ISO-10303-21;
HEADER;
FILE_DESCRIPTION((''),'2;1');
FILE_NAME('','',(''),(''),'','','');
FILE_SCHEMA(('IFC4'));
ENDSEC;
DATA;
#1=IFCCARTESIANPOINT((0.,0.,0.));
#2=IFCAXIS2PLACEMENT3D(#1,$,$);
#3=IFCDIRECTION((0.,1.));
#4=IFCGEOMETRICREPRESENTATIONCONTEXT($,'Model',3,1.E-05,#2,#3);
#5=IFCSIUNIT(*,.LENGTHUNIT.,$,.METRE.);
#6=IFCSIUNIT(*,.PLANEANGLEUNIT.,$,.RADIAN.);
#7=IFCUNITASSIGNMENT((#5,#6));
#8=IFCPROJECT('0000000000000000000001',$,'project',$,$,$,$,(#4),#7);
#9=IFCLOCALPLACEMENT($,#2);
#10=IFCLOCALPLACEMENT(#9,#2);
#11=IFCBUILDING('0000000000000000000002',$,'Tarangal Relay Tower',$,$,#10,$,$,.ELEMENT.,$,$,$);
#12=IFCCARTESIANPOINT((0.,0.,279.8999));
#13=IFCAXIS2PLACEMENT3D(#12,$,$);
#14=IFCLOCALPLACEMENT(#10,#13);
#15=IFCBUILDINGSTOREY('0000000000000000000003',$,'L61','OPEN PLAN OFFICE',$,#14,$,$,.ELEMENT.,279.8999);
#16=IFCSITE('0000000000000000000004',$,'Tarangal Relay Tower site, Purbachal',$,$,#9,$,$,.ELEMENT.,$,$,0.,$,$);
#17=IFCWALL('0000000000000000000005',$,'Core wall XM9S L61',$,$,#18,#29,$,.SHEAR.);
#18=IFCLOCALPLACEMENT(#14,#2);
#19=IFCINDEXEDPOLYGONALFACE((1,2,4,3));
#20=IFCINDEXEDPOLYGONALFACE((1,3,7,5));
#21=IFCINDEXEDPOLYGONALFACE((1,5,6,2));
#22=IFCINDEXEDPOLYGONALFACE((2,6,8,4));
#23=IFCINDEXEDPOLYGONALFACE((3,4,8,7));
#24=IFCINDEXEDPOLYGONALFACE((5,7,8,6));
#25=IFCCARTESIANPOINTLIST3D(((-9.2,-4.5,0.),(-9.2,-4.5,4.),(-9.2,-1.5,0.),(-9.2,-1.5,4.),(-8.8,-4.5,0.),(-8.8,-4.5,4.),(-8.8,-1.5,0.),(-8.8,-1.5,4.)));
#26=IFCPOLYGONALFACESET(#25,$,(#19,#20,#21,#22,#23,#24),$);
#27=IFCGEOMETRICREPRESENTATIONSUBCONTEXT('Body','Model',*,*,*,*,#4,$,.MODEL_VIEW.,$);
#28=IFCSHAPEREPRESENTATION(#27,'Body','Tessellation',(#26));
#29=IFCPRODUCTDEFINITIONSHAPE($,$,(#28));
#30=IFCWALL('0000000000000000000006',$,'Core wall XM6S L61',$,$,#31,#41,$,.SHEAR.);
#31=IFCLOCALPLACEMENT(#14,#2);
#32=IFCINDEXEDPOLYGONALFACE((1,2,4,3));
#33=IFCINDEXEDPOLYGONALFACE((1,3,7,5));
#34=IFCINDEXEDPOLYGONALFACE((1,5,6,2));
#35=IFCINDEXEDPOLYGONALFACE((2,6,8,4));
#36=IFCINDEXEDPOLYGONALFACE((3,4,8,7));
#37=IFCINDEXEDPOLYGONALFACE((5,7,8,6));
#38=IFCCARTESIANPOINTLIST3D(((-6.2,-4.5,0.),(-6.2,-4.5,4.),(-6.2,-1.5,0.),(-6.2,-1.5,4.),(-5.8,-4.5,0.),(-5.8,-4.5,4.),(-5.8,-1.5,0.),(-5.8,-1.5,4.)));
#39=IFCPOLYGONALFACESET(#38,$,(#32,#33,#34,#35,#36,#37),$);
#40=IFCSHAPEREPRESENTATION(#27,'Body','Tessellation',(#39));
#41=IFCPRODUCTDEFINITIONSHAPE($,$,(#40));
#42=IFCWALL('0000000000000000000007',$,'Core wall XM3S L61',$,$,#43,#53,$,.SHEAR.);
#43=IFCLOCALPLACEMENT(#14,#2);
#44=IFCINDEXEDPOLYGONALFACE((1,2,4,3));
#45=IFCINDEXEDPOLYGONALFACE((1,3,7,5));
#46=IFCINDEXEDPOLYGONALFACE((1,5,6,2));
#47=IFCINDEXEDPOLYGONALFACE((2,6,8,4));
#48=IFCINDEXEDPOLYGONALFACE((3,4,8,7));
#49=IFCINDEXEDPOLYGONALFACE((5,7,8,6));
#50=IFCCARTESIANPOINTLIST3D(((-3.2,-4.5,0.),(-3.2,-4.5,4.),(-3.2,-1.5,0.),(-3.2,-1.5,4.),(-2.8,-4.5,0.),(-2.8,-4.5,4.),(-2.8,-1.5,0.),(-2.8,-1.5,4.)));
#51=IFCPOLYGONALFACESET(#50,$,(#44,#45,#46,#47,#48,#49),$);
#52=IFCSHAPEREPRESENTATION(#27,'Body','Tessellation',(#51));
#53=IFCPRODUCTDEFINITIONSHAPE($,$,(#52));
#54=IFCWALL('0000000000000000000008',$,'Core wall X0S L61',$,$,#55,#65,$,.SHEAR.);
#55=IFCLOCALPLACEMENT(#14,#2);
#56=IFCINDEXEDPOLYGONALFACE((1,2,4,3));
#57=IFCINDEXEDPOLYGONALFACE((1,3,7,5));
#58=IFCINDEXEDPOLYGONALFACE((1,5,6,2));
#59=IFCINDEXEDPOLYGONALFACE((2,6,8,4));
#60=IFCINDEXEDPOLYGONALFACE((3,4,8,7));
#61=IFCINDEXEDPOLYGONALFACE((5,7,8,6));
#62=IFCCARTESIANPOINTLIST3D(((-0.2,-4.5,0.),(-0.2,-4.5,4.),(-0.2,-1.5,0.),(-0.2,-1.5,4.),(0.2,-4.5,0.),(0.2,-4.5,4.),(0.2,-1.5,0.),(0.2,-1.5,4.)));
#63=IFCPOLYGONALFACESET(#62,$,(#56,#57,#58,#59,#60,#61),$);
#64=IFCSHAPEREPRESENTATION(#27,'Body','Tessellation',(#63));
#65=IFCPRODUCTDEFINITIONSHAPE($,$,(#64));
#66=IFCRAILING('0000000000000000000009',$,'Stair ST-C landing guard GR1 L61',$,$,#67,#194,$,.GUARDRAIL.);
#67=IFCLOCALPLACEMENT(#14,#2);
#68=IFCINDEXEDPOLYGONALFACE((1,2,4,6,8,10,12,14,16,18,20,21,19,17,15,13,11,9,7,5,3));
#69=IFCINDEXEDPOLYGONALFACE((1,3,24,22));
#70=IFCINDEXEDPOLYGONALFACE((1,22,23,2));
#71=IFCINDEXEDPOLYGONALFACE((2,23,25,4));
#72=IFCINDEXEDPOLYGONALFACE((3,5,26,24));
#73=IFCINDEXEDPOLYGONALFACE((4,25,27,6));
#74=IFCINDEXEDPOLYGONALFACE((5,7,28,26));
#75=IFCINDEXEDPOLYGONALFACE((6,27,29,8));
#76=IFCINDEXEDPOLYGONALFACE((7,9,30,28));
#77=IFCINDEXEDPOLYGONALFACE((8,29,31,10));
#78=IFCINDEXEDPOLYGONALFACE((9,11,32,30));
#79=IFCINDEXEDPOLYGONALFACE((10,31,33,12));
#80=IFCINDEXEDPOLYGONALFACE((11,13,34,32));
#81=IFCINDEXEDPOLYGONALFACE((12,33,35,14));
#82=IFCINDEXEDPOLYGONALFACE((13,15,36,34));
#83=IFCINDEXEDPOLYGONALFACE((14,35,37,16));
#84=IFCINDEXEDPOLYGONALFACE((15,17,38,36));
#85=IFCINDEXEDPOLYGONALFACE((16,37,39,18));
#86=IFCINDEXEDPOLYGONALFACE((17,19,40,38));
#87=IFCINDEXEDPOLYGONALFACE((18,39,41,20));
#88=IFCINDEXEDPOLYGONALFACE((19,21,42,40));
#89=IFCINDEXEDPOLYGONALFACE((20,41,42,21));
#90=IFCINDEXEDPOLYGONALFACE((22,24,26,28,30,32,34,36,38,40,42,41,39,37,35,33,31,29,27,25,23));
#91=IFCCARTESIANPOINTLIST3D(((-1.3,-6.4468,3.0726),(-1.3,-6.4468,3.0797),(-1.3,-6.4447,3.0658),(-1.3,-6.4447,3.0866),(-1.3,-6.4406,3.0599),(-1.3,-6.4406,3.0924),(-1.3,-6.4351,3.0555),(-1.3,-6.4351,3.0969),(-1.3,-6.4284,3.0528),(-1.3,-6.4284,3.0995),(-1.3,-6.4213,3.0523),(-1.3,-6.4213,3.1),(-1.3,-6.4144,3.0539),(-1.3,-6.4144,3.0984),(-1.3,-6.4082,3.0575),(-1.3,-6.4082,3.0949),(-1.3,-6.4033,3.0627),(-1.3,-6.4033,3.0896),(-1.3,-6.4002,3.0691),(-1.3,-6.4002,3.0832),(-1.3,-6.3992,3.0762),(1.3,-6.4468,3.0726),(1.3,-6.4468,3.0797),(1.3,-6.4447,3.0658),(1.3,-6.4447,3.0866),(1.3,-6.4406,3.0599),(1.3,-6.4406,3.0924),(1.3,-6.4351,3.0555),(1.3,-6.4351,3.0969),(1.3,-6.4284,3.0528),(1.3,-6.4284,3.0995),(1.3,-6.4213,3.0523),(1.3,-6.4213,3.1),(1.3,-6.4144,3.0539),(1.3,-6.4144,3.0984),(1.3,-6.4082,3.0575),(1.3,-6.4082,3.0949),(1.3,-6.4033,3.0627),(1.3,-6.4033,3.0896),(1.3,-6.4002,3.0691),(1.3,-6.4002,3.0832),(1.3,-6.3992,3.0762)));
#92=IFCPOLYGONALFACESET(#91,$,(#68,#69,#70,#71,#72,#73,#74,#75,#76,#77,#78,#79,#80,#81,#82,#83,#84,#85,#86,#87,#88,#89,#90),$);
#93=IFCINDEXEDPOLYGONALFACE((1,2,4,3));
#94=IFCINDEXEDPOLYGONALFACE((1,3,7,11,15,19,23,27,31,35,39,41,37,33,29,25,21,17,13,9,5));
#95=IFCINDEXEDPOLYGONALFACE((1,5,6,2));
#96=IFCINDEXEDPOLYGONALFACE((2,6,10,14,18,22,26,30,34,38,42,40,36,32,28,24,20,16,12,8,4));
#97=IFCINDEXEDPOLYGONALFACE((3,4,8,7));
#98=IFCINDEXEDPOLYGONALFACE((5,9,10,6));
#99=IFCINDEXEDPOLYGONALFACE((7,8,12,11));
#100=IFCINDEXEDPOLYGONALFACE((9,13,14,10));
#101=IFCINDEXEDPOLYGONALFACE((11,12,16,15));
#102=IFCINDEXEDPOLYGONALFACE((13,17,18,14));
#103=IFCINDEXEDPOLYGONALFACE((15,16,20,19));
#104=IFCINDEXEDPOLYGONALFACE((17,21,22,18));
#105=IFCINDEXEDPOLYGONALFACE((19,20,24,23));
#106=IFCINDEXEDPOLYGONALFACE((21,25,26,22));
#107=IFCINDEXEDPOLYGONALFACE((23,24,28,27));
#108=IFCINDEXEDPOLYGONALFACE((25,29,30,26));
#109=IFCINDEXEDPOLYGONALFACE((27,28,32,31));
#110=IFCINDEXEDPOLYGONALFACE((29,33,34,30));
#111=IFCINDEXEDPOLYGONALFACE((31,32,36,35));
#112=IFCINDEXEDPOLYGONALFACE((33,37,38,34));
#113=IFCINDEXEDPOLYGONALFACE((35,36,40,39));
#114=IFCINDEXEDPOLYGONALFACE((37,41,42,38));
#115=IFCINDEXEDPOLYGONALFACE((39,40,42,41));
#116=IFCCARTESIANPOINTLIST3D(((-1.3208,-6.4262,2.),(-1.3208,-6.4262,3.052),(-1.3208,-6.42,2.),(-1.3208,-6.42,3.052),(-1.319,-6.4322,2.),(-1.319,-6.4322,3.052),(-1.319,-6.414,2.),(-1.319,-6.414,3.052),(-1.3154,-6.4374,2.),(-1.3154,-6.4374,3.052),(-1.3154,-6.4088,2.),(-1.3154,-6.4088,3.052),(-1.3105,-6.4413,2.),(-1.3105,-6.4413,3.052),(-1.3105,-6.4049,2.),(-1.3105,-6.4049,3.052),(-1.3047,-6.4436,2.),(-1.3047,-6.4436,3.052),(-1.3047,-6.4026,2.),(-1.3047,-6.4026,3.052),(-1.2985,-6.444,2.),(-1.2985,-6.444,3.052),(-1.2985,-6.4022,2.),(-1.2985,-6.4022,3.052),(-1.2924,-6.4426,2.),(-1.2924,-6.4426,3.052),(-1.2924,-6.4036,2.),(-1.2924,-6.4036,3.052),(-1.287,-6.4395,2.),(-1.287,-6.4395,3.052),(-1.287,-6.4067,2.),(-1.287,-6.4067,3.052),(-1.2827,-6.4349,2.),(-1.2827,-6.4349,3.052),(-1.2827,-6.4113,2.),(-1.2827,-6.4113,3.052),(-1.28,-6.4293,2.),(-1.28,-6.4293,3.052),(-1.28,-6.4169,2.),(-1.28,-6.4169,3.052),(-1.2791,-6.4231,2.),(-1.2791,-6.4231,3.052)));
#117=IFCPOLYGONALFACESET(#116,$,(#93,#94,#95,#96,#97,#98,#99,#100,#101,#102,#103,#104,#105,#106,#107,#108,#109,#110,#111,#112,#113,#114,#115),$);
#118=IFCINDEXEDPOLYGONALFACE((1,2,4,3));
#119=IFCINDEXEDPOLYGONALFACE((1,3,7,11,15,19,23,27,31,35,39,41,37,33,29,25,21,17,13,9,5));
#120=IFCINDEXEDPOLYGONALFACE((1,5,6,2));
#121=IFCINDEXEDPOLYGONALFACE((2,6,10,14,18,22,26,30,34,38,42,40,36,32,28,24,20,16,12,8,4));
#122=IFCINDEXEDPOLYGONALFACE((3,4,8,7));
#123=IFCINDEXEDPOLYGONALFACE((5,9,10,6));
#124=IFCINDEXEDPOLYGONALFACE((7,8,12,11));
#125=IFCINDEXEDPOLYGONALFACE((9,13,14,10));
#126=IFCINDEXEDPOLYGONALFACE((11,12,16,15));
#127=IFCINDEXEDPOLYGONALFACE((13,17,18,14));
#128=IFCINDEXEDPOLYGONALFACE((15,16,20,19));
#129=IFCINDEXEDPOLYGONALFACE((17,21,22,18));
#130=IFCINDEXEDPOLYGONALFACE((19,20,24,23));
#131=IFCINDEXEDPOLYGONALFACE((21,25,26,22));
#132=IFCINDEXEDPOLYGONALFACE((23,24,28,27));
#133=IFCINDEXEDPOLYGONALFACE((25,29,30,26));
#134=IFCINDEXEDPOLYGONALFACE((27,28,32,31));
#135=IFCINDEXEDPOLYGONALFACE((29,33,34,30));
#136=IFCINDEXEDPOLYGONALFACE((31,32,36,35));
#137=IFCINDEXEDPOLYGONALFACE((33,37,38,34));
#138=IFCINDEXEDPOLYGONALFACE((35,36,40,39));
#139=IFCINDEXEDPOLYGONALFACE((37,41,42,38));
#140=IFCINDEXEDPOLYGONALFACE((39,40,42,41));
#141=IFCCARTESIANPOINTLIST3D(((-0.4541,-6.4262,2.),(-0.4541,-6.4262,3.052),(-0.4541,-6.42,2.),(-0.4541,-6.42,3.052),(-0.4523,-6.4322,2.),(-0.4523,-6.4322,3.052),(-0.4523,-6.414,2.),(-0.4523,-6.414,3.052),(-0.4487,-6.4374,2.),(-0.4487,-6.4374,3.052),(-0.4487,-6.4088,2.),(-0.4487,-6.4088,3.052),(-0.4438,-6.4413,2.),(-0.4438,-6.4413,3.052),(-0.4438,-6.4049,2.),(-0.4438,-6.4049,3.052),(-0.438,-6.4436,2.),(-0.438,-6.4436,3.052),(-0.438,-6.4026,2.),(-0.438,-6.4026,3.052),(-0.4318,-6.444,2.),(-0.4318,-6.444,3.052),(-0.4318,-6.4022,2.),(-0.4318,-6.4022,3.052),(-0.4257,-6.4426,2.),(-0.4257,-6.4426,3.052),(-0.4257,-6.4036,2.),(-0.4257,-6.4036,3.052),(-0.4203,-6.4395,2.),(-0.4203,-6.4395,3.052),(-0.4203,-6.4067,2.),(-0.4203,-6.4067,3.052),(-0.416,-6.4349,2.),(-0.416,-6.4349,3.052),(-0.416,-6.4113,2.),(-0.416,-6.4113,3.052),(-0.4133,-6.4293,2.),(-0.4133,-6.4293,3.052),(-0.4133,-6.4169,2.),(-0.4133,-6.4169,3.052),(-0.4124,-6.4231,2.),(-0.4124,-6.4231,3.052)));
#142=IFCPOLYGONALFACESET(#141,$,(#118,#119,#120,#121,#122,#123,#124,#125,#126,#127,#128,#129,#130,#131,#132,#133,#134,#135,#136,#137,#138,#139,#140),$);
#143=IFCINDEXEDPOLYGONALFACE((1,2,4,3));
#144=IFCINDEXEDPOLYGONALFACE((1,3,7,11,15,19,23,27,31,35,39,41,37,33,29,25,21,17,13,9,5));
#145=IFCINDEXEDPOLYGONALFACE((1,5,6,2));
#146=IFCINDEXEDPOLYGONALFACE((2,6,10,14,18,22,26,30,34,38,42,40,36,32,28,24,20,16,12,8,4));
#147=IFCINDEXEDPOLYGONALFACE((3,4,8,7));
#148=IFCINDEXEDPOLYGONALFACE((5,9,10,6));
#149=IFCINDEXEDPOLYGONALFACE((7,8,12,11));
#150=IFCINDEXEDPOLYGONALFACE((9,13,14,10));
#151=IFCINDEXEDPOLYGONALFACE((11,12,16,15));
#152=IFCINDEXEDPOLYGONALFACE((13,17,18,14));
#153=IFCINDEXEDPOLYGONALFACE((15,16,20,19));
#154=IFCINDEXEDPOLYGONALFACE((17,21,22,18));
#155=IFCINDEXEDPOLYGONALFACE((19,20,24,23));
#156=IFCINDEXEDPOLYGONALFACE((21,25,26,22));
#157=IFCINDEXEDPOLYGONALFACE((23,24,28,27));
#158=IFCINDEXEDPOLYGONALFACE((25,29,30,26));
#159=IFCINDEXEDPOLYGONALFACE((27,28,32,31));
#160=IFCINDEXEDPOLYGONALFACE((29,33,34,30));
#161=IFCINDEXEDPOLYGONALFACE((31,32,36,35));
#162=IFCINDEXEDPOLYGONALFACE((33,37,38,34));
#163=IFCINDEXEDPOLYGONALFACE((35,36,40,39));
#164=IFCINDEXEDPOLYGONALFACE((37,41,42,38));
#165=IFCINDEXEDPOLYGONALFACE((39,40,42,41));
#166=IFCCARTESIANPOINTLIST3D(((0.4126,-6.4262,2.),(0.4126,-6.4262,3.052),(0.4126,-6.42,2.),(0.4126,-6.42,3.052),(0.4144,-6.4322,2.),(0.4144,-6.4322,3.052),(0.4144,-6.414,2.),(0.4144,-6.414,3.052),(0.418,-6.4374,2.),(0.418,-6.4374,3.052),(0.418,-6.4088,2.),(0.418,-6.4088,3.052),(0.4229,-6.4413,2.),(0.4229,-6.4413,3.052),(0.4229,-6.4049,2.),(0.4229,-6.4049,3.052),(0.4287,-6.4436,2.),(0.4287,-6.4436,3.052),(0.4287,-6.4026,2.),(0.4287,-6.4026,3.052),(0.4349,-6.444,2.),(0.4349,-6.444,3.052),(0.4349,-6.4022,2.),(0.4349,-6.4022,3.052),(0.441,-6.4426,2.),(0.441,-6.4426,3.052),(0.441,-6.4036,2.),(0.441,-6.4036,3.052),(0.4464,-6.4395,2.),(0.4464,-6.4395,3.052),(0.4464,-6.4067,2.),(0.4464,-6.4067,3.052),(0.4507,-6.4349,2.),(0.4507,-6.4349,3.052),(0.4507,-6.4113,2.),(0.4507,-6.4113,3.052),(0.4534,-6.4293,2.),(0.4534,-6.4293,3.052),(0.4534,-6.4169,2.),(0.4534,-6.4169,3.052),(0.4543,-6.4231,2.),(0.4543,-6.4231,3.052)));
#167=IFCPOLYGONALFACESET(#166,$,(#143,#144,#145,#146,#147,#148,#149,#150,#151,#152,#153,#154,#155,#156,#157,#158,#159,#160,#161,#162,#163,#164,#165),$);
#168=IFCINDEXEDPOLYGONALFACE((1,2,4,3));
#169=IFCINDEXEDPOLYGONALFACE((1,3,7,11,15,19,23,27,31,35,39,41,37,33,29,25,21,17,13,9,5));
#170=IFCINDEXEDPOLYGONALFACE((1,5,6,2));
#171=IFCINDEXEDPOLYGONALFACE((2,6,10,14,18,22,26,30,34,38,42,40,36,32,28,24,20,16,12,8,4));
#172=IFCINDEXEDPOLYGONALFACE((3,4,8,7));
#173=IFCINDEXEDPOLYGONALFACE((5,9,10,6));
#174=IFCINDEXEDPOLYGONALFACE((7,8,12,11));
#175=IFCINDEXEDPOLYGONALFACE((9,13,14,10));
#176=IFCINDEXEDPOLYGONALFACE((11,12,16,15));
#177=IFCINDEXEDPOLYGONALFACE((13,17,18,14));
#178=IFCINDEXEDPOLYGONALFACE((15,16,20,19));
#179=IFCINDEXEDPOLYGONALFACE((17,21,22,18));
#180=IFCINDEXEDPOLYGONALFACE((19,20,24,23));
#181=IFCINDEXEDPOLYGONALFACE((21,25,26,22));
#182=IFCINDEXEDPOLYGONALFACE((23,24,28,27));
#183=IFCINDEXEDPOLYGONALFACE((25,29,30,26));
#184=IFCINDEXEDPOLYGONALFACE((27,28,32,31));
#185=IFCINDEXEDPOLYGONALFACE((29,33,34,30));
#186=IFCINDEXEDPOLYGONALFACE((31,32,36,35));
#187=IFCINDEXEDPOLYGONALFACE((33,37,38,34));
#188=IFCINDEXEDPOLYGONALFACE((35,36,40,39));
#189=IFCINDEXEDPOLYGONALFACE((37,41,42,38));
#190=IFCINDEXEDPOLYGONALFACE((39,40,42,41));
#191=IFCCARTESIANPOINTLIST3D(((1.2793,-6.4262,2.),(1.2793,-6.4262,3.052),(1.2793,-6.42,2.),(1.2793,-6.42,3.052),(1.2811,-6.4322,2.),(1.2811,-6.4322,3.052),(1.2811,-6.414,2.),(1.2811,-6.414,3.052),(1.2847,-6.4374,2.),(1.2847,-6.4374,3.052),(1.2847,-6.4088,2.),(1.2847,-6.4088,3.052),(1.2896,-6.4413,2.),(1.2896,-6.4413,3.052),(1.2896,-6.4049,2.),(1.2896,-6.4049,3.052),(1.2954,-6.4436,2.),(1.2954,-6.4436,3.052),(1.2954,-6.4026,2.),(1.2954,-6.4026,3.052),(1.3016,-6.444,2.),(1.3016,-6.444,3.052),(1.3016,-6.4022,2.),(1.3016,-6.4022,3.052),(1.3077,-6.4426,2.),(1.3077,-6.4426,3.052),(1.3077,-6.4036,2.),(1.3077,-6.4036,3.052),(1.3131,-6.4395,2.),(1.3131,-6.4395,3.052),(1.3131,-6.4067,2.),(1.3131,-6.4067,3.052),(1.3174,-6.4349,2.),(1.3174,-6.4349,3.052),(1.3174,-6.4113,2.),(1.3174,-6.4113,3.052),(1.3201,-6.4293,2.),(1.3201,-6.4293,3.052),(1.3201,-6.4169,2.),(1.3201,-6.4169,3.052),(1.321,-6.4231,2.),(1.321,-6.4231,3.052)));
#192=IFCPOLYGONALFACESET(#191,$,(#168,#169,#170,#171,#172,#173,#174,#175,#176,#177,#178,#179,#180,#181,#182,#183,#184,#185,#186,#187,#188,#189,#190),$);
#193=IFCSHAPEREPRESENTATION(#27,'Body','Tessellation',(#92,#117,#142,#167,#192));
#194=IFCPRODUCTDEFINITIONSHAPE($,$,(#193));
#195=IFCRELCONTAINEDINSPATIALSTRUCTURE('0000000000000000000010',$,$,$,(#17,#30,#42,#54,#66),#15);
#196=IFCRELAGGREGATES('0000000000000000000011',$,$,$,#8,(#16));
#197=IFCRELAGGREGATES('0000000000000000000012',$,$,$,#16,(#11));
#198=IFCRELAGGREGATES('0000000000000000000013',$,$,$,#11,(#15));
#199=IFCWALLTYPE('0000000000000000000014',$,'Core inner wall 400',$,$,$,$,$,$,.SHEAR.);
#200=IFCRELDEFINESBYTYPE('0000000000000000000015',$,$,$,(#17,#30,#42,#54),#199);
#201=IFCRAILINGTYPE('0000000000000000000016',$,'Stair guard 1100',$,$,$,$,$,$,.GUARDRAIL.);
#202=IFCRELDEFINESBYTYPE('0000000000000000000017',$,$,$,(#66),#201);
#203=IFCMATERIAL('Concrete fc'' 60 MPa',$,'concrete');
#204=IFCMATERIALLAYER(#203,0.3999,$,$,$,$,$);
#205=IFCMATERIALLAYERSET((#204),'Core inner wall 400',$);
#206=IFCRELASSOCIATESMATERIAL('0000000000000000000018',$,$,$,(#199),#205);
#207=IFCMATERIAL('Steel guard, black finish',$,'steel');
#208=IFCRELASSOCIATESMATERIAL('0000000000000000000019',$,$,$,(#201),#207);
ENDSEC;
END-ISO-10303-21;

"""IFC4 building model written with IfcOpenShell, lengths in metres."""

from ifc_helpers import new_model, si_unit, direction, frame, frame_2d, origin, origin_2d, place, context, subcontext, project, spatial, rectangle, circle, extrude, material, layer, layer_set, type_object, element, save


model = new_model("IFC4")

# Units and contexts
model_context = context("Model", 3, precision=1e-05, world=origin(), true_north=direction((0.0, 1.0)))
body_context = subcontext(model_context, "Body", "Model", "MODEL_VIEW")
ifc_project = project(units=[si_unit("LENGTHUNIT", "METRE"), si_unit("PLANEANGLEUNIT", "RADIAN")], contexts=[model_context])

# Site, building, storey
site_placement = place(None, origin())
site = spatial("IfcSite", under=ifc_project, at=site_placement, Name="Tarangal Relay Tower site, Purbachal", CompositionType="ELEMENT", RefElevation=0.0)
building_placement = place(site_placement, origin())
building = spatial("IfcBuilding", under=site, at=building_placement, Name="Tarangal Relay Tower", CompositionType="ELEMENT")
storey_placement = place(building_placement, frame((0.0, 0.0, 279.8999)))
storey = spatial("IfcBuildingStorey", under=building, at=storey_placement, Name="L61", Description="OPEN PLAN OFFICE", CompositionType="ELEMENT", Elevation=279.8999)

# Shared definitions
ifc_material_1 = material(Name="Concrete fc' 60 MPa", Category="concrete")
ifc_layer_1 = layer(ifc_material_1, 0.3999)
ifc_layer_set_1 = layer_set([ifc_layer_1], Name="Core inner wall 400")
wall_type_1 = type_object("IfcWallType", Name="Core inner wall 400", PredefinedType="SHEAR", material=ifc_layer_set_1)

# Walls
for number, where, z_axis, x_axis, name in (
    (1, (-9.0, -4.5, 0.0), (0.0, 0.0, 1.0), (0.0, 1.0, 0.0), "Core wall XM9S L61"),
    (2, (-6.0, -4.5, 0.0), (0.0, 0.0, 1.0), (0.0, 1.0, 0.0), "Core wall XM6S L61"),
    (3, (-3.0, -4.5, 0.0), (0.0, 0.0, 1.0), (0.0, 1.0, 0.0), "Core wall XM3S L61"),
    (4, (0.0, -4.5, 0.0), (0.0, 0.0, 1.0), (0.0, 1.0, 0.0), "Core wall X0S L61"),
):
    element("IfcWall", number, at=place(storey_placement, frame(where, z_axis=z_axis, x_axis=x_axis)), inside=storey, type_object=wall_type_1, Name=name, PredefinedType="SHEAR", context=body_context, shape_type="SweptSolid", body=[
        extrude(rectangle(XDim=3.0, YDim=0.3999, at=frame_2d((1.5, 0.0))), origin(), (0.0, 0.0, 1.0), 4.0),
    ])

# Railing
ifc_material_2 = material(Name="Steel guard, black finish", Category="steel")
railing_type = type_object("IfcRailingType", Name="Stair guard 1100", PredefinedType="GUARDRAIL", material=ifc_material_2)
railing_placement = place(storey_placement, frame((-1.3, -6.4231, 2.0)))
element("IfcRailing", 5, at=railing_placement, inside=storey, type_object=railing_type, Name="Stair ST-C landing guard GR1 L61", PredefinedType="GUARDRAIL", context=body_context, shape_type="SweptSolid", body=[
    extrude(circle(Radius=0.0239, at=origin_2d()), frame((0.0, 0.0, 1.0762), z_axis=(1.0, 0.0, 0.0), x_axis=(0.0, 1.0, 0.0)), (0.0, 0.0, 1.0), 2.6001),
    extrude(circle(Radius=0.021, at=origin_2d()), origin(), (0.0, 0.0, 1.0), 1.052),
    extrude(circle(Radius=0.021, at=origin_2d()), frame((0.8667, 0.0, 0.0)), (0.0, 0.0, 1.0), 1.052),
    extrude(circle(Radius=0.021, at=origin_2d()), frame((1.7334, 0.0, 0.0)), (0.0, 0.0, 1.0), 1.052),
    extrude(circle(Radius=0.021, at=origin_2d()), frame((2.6001, 0.0, 0.0)), (0.0, 0.0, 1.0), 1.052),
])

save(model, "model.ifc")
